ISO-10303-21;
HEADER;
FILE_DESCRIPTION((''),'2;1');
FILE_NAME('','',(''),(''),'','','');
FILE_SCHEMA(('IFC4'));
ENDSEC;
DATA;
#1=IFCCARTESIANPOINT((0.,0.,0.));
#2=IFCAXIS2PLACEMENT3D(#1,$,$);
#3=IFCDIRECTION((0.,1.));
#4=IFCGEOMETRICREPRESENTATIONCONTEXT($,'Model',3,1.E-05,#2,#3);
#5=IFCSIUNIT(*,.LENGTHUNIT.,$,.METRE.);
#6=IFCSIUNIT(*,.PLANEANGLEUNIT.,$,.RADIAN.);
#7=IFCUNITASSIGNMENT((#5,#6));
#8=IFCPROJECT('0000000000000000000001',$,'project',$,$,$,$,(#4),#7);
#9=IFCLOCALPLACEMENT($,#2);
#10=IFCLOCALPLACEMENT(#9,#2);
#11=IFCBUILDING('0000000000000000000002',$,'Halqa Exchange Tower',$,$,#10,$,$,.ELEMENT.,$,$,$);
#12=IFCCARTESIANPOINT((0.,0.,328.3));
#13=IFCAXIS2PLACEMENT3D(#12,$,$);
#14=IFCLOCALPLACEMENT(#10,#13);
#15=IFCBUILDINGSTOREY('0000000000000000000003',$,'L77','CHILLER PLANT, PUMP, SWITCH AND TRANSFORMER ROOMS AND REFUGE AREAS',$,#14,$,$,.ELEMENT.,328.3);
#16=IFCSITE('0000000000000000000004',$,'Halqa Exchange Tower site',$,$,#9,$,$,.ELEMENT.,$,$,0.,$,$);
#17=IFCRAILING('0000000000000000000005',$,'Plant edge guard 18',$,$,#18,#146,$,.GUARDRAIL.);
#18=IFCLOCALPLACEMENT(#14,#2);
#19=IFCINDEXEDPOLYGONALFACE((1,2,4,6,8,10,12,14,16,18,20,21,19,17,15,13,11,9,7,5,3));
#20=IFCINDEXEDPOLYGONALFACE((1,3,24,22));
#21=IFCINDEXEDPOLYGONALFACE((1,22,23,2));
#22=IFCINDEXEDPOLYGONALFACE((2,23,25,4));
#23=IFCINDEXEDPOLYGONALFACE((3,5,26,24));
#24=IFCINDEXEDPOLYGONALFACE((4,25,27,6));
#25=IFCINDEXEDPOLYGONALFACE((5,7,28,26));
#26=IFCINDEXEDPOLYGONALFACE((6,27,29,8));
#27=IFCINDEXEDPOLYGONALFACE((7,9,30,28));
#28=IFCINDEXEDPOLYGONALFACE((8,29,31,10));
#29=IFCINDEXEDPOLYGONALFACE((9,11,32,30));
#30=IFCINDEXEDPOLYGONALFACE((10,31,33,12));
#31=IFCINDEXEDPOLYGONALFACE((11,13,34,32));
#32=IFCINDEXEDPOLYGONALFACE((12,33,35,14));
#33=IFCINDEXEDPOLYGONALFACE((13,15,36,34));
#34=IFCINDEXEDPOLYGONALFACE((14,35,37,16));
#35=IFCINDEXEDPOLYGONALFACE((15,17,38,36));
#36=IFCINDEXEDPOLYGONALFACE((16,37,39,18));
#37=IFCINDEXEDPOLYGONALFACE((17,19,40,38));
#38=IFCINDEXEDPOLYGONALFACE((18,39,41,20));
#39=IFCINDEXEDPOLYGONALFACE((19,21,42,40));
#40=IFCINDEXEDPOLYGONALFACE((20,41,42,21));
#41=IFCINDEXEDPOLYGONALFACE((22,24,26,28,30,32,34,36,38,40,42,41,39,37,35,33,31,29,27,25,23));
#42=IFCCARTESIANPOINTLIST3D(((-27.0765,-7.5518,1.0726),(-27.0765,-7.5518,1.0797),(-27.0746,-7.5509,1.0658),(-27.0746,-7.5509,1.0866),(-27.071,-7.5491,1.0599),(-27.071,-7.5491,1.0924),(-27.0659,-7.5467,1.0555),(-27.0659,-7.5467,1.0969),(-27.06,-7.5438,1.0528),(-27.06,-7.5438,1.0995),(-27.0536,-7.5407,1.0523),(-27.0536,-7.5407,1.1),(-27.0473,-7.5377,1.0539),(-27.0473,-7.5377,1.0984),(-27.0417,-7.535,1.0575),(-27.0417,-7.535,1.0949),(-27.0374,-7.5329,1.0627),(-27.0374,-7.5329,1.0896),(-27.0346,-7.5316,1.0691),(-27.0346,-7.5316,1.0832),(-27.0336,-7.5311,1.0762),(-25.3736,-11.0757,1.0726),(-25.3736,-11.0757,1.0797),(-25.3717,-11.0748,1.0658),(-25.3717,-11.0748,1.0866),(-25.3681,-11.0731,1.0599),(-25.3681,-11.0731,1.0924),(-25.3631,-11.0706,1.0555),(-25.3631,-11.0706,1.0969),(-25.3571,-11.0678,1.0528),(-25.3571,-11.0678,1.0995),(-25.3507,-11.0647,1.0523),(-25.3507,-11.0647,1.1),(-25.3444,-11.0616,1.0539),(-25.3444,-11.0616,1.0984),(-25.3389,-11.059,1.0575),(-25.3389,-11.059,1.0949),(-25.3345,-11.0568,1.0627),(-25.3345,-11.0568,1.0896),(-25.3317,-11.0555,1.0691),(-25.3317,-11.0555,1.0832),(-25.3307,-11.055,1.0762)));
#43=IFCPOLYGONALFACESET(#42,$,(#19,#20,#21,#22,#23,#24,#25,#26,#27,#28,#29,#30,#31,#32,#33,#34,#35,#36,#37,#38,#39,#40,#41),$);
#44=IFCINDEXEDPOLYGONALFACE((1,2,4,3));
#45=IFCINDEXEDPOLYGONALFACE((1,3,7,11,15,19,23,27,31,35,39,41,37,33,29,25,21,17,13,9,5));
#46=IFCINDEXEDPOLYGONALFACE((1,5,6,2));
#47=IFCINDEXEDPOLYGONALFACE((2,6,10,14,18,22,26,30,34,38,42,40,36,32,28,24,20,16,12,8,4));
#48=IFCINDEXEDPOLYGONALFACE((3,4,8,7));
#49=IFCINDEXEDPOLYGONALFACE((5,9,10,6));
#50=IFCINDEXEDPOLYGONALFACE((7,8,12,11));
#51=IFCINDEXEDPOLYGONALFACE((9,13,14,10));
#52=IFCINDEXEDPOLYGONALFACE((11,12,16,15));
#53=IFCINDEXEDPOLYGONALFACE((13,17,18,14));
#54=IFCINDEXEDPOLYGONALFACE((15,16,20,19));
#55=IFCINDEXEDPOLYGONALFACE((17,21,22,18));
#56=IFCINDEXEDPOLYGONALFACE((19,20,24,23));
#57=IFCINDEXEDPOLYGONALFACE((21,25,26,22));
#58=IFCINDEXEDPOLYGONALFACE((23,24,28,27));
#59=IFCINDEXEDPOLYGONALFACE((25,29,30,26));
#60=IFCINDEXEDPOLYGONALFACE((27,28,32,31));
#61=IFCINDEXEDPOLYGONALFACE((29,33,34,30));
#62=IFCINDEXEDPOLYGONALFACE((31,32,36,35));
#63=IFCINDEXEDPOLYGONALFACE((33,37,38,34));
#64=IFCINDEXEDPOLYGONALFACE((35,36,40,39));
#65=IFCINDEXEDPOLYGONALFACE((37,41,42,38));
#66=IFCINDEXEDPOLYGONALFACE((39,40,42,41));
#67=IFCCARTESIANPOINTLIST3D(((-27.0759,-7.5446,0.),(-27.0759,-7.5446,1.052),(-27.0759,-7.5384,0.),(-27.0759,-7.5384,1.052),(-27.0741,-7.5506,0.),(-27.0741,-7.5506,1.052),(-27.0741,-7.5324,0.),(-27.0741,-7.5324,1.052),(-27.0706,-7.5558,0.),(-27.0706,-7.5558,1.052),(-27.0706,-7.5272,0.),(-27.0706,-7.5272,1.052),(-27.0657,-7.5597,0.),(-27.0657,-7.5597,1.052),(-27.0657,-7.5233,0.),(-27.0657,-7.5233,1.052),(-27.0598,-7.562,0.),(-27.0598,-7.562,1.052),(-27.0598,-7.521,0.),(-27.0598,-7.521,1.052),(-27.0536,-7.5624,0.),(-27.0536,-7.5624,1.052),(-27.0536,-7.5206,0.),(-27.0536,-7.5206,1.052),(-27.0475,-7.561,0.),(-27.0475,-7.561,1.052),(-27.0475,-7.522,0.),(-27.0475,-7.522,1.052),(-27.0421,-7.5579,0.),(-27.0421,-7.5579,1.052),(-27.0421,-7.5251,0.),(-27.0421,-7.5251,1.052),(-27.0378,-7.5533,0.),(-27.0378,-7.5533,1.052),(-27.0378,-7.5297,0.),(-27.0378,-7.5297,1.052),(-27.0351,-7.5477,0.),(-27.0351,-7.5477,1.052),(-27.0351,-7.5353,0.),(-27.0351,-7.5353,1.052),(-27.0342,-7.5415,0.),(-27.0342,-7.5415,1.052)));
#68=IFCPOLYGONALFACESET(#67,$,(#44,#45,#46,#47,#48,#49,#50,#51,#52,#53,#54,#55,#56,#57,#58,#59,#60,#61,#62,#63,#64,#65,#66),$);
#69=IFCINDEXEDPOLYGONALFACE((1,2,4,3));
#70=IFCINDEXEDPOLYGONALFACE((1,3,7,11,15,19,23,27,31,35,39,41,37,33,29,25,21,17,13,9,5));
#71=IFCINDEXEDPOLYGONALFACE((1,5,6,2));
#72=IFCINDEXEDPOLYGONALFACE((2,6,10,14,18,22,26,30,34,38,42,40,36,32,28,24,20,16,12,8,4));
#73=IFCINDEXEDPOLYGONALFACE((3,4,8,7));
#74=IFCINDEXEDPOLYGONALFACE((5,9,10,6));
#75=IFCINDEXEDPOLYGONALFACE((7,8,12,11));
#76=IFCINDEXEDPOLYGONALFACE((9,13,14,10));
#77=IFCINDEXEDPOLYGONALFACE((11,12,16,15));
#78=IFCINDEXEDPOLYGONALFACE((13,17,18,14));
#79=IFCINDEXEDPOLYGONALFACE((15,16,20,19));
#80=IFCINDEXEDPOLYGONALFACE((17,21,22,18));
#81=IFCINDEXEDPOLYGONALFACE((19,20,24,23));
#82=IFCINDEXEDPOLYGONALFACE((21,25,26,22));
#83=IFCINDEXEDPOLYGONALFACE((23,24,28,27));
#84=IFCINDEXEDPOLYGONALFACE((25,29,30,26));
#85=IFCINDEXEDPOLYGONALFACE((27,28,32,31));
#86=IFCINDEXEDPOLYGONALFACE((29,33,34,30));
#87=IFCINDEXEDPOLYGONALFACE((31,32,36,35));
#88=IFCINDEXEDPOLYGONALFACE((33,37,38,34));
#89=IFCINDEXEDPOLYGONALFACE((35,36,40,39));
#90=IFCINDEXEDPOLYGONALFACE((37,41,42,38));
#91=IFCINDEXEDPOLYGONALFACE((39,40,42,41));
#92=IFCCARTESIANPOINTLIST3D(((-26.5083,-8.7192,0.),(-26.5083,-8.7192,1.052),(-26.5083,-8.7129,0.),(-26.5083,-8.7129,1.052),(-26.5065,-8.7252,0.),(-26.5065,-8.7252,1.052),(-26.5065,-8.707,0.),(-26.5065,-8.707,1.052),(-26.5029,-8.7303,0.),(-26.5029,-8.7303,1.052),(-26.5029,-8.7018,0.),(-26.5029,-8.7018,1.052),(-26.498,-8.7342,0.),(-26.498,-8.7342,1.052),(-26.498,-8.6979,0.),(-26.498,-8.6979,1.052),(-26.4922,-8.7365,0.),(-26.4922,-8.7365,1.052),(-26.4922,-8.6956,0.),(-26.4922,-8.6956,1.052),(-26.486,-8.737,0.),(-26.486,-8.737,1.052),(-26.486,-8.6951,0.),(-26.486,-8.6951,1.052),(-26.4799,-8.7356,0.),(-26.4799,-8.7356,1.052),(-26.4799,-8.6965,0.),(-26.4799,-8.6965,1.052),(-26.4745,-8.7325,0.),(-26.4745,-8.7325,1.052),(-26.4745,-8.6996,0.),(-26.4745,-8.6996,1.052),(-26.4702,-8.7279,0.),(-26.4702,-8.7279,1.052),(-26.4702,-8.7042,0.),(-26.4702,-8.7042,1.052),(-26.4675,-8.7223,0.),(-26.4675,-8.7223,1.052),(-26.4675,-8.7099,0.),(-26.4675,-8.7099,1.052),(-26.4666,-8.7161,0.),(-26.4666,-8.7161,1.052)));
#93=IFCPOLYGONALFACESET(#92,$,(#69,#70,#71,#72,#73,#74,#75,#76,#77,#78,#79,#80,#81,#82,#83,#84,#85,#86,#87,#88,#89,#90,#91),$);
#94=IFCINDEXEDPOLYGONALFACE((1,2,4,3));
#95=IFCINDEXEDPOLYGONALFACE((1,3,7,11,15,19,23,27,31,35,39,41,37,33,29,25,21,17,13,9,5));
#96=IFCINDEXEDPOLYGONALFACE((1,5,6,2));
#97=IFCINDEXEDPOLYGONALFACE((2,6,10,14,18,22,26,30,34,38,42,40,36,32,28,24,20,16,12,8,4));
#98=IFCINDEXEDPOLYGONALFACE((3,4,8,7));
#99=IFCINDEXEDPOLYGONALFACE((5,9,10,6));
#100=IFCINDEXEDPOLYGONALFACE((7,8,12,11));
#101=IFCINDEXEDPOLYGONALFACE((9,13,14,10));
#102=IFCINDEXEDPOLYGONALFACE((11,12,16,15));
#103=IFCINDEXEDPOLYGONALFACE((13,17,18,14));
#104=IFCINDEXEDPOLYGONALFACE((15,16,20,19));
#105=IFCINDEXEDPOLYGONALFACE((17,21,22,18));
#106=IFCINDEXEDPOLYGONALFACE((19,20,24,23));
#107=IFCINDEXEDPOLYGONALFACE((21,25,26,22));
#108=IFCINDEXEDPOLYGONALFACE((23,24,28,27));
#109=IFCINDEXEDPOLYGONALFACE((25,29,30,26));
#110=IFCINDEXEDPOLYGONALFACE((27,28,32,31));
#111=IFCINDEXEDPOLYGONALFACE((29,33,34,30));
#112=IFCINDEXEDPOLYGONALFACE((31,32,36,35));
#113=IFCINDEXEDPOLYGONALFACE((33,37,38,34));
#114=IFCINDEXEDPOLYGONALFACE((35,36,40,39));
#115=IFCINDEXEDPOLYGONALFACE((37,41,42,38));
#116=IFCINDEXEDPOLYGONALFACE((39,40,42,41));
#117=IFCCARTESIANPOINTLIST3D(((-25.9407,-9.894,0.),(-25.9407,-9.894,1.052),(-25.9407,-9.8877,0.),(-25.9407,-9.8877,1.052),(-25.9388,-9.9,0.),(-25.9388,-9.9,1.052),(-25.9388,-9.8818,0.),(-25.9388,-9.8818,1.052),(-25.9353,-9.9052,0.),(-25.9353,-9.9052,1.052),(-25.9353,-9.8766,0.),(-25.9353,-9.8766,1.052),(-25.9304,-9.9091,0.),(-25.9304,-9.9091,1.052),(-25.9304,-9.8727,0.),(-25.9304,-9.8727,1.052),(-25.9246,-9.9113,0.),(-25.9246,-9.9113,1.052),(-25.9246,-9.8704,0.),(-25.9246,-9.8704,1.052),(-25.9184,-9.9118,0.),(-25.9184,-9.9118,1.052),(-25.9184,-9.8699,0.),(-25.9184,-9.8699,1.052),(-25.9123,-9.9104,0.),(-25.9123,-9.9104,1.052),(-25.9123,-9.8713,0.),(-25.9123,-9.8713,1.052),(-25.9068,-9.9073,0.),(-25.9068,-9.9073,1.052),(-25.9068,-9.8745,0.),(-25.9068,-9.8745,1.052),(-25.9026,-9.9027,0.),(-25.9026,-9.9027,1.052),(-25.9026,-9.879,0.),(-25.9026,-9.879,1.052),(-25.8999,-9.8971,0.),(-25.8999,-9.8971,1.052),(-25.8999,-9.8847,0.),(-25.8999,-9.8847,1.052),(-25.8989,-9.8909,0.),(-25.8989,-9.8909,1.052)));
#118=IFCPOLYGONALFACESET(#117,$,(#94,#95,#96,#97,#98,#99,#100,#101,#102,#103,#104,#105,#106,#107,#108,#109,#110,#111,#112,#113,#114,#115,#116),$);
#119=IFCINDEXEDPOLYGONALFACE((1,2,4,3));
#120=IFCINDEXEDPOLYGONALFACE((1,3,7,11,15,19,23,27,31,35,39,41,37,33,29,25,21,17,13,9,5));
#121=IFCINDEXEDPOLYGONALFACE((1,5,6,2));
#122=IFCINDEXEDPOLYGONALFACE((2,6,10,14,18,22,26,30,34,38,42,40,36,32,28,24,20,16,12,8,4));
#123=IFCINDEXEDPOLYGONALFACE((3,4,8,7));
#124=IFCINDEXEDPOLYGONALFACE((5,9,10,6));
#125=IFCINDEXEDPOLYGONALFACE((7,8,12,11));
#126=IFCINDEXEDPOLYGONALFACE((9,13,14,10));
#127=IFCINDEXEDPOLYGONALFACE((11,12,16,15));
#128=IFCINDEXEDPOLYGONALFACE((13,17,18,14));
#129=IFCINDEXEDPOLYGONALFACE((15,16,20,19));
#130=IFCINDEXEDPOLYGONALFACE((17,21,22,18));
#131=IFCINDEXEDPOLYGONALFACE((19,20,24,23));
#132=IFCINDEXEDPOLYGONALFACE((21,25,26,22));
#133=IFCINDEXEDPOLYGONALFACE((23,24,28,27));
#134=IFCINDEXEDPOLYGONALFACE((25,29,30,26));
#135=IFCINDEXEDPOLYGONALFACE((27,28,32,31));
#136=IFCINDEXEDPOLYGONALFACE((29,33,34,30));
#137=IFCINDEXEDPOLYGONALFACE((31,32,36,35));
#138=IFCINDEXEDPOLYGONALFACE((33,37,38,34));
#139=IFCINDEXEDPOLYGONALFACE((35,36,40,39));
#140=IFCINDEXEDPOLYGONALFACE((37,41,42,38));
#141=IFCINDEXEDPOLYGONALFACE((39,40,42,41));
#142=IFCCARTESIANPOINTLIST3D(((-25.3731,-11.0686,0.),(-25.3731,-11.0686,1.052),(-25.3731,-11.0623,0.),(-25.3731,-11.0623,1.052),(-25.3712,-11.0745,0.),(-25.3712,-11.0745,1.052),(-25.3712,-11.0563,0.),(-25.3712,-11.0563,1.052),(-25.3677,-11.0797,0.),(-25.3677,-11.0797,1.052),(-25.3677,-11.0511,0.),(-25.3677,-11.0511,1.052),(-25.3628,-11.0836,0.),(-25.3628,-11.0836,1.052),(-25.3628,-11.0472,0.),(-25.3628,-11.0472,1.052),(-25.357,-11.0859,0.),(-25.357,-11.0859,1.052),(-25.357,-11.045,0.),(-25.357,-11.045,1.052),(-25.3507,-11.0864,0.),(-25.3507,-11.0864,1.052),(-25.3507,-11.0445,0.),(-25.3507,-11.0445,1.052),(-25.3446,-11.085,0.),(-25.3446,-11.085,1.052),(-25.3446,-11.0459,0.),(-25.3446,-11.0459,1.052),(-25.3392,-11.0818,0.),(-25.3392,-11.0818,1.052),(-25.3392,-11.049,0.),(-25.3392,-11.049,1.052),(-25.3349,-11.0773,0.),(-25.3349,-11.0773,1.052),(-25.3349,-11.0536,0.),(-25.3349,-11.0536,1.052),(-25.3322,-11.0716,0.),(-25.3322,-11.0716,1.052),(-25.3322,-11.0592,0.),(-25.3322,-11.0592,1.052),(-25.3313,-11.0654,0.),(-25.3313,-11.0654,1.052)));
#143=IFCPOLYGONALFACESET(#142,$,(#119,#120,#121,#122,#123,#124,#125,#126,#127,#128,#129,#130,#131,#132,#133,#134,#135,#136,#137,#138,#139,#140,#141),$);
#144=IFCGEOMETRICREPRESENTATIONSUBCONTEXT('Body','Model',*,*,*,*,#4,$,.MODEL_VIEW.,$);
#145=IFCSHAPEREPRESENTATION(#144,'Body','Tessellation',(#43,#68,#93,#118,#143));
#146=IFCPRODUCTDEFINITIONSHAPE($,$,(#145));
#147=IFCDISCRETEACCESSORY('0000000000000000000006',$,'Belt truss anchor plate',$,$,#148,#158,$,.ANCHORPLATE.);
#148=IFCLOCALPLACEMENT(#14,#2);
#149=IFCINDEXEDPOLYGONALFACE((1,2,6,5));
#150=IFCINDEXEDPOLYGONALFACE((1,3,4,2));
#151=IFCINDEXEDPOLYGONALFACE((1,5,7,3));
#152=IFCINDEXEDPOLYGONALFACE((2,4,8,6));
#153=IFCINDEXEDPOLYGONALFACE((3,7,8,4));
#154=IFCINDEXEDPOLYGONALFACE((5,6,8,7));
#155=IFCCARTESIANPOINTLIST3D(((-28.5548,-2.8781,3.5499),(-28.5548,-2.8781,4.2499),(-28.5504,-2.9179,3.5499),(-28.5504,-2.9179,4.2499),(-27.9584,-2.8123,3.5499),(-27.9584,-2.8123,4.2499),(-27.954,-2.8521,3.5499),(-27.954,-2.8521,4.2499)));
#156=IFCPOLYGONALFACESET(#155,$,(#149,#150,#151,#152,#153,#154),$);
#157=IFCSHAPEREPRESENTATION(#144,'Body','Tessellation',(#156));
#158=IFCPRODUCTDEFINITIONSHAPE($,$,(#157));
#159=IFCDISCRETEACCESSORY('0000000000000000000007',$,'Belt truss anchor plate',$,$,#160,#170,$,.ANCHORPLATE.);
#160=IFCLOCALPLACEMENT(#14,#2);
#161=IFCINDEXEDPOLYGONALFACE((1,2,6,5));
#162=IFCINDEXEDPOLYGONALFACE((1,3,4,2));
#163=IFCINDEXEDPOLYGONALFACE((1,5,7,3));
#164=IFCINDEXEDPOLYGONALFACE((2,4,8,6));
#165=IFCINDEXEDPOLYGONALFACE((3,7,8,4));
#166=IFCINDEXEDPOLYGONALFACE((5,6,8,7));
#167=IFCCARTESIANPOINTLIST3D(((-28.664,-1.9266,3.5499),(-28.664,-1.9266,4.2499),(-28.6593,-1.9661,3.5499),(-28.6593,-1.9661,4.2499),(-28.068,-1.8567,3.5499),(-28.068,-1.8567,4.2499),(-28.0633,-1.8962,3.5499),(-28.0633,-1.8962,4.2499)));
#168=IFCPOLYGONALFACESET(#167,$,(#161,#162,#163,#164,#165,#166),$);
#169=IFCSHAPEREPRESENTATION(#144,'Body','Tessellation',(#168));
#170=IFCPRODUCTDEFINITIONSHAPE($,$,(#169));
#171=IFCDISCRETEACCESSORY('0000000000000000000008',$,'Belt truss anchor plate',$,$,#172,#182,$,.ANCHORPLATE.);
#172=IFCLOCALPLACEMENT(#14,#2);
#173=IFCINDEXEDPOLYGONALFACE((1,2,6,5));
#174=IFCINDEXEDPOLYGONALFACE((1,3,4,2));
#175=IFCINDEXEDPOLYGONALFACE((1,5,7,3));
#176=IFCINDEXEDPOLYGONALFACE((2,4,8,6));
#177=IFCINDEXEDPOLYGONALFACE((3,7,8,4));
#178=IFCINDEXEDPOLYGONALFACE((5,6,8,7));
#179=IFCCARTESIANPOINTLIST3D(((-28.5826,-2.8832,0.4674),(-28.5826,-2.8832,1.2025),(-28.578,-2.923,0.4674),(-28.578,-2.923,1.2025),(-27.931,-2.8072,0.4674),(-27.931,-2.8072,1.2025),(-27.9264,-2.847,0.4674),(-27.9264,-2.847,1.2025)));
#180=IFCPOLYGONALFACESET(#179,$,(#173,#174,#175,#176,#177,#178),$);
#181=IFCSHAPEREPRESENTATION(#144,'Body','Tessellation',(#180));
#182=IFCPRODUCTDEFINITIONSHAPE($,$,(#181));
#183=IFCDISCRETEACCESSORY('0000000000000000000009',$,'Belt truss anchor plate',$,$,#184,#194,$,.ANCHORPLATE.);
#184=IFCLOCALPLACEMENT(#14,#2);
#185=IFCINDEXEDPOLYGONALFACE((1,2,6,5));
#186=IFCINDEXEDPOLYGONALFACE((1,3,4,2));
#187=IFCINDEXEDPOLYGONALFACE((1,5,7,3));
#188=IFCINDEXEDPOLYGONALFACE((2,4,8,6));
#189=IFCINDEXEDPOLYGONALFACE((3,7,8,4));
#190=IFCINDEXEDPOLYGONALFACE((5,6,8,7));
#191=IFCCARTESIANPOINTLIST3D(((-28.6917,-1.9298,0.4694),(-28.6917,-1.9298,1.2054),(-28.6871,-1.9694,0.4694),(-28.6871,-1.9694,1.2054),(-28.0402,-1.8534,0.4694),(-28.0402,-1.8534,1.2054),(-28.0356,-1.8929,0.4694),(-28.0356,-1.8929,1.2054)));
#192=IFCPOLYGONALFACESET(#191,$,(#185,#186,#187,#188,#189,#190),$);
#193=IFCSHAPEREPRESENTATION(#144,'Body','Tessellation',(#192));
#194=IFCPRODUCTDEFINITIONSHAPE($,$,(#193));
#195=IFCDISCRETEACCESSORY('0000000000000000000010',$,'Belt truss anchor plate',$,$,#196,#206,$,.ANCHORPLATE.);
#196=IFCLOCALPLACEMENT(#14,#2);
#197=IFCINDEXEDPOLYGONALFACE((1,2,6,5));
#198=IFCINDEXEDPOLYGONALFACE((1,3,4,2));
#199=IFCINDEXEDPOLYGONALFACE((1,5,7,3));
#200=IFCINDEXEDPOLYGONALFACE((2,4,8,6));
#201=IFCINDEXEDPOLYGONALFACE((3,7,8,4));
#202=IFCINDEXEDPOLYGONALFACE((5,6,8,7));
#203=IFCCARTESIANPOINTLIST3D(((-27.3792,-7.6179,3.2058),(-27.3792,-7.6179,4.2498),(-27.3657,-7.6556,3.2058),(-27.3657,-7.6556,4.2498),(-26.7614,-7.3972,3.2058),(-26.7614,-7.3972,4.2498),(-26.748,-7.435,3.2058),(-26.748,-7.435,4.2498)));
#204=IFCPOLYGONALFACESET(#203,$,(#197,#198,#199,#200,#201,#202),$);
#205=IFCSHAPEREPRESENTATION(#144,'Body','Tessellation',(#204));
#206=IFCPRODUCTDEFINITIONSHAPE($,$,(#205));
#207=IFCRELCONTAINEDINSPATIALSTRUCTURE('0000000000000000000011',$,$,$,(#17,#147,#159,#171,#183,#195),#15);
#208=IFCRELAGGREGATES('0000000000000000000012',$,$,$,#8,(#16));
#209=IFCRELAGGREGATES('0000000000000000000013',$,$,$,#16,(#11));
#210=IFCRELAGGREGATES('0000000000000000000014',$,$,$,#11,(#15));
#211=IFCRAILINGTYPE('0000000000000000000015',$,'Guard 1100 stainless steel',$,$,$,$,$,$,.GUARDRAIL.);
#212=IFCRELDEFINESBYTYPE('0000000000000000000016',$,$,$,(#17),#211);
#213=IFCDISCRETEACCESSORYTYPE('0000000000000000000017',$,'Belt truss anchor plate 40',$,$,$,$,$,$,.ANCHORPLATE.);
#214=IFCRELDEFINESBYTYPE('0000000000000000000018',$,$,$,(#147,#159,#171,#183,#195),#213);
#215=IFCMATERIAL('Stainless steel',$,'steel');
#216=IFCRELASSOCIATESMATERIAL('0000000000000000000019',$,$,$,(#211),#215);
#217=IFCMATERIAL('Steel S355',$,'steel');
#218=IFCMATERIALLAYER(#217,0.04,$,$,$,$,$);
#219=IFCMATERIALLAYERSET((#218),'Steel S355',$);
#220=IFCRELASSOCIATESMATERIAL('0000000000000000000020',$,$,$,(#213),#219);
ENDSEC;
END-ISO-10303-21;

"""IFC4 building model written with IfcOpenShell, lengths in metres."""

from ifc_helpers import new_model, si_unit, direction, frame, origin, origin_2d, place, context, subcontext, project, spatial, rectangle, circle, extrude, material, layer, layer_set, type_object, element, save


model = new_model("IFC4")

# Units and contexts
model_context = context("Model", 3, precision=1e-05, world=origin(), true_north=direction((0.0, 1.0)))
body_context = subcontext(model_context, "Body", "Model", "MODEL_VIEW")
ifc_project = project(units=[si_unit("LENGTHUNIT", "METRE"), si_unit("PLANEANGLEUNIT", "RADIAN")], contexts=[model_context])

# Site, building, storey
site_placement = place(None, origin())
site = spatial("IfcSite", under=ifc_project, at=site_placement, Name="Halqa Exchange Tower site", CompositionType="ELEMENT", RefElevation=0.0)
building_placement = place(site_placement, origin())
building = spatial("IfcBuilding", under=site, at=building_placement, Name="Halqa Exchange Tower", CompositionType="ELEMENT")
storey_placement = place(building_placement, frame((0.0, 0.0, 328.3)))
storey = spatial("IfcBuildingStorey", under=building, at=storey_placement, Name="L77", Description="CHILLER PLANT, PUMP, SWITCH AND TRANSFORMER ROOMS AND REFUGE AREAS", CompositionType="ELEMENT", Elevation=328.3)

# Shared definitions
ifc_material_1 = material(Name="Steel S355", Category="steel")

# Railing
ifc_material_2 = material(Name="Stainless steel", Category="steel")
railing_type = type_object("IfcRailingType", Name="Guard 1100 stainless steel", PredefinedType="GUARDRAIL", material=ifc_material_2)
railing_1_placement = place(storey_placement, frame((-27.0552, -7.5415, 0.0)))
element("IfcRailing", 1, at=railing_1_placement, inside=storey, type_object=railing_type, Name="Plant edge guard 18", PredefinedType="GUARDRAIL", context=body_context, shape_type="SweptSolid", body=[
    extrude(circle(Radius=0.0239, at=origin_2d()), frame((0.0, 0.0, 1.0762), z_axis=(0.435096, -0.900384, 0.0), x_axis=(0.900384, 0.435096, 0.0)), (0.0, 0.0, 1.0), 3.9138),
    extrude(circle(Radius=0.021, at=origin_2d()), origin(), (0.0, 0.0, 1.0), 1.052),
    extrude(circle(Radius=0.021, at=origin_2d()), frame((0.5676, -1.1746, 0.0)), (0.0, 0.0, 1.0), 1.052),
    extrude(circle(Radius=0.021, at=origin_2d()), frame((1.1353, -2.3494, 0.0)), (0.0, 0.0, 1.0), 1.052),
    extrude(circle(Radius=0.021, at=origin_2d()), frame((1.7029, -3.5239, 0.0)), (0.0, 0.0, 1.0), 1.052),
])

# Discrete accessories
ifc_layer_1 = layer(ifc_material_1, 0.04)
ifc_layer_set_1 = layer_set([ifc_layer_1], Name="Steel S355")
discrete_accessory_type = type_object("IfcDiscreteAccessoryType", Name="Belt truss anchor plate 40", PredefinedType="ANCHORPLATE", material=ifc_layer_set_1)
discrete_accessory_1_placement = place(storey_placement, frame((-28.2566, -2.8452, 3.8999), z_axis=(0.109762, -0.993958, 0.0), x_axis=(0.993958, 0.109762, 0.0)))
element("IfcDiscreteAccessory", 2, at=discrete_accessory_1_placement, inside=storey, type_object=discrete_accessory_type, Name="Belt truss anchor plate", PredefinedType="ANCHORPLATE", context=body_context, shape_type="SweptSolid", body=[
    extrude(rectangle(XDim=0.6001, YDim=0.7, at=origin_2d()), origin(), (0.0, 0.0, 1.0), 0.04),
])
discrete_accessory_2_placement = place(storey_placement, frame((-28.3613, -1.9312, 3.8999), z_axis=(-0.116486, 0.993192, 0.0), x_axis=(-0.993192, -0.116486, 0.0)))
element("IfcDiscreteAccessory", 3, at=discrete_accessory_2_placement, inside=storey, type_object=discrete_accessory_type, Name="Belt truss anchor plate", PredefinedType="ANCHORPLATE", context=body_context, shape_type="SweptSolid", body=[
    extrude(rectangle(XDim=0.6001, YDim=0.7, at=origin_2d()), origin(), (0.0, 0.0, 1.0), 0.0398),
])
discrete_accessory_3_placement = place(storey_placement, frame((-28.2568, -2.8452, 0.835), z_axis=(0.115781, -0.993275, 0.0), x_axis=(0.993275, 0.115781, 0.0)))
element("IfcDiscreteAccessory", 4, at=discrete_accessory_3_placement, inside=storey, type_object=discrete_accessory_type, Name="Belt truss anchor plate", PredefinedType="ANCHORPLATE", context=body_context, shape_type="SweptSolid", body=[
    extrude(rectangle(XDim=0.656, YDim=0.7351, at=origin_2d()), origin(), (0.0, 0.0, 1.0), 0.04),
])
discrete_accessory_4_placement = place(storey_placement, frame((-28.3613, -1.9312, 0.8374), z_axis=(-0.116486, 0.993192, 0.0), x_axis=(-0.993192, -0.116486, 0.0)))
element("IfcDiscreteAccessory", 5, at=discrete_accessory_4_placement, inside=storey, type_object=discrete_accessory_type, Name="Belt truss anchor plate", PredefinedType="ANCHORPLATE", context=body_context, shape_type="SweptSolid", body=[
    extrude(rectangle(XDim=0.656, YDim=0.7361, at=origin_2d()), origin(), (0.0, 0.0, 1.0), 0.0398),
])
discrete_accessory_5_placement = place(storey_placement, frame((-27.0703, -7.5076, 3.7278), z_axis=(0.336336, -0.941742, 0.0), x_axis=(0.941742, 0.336336, 0.0)))
element("IfcDiscreteAccessory", 6, at=discrete_accessory_5_placement, inside=storey, type_object=discrete_accessory_type, Name="Belt truss anchor plate", PredefinedType="ANCHORPLATE", context=body_context, shape_type="SweptSolid", body=[
    extrude(rectangle(XDim=0.656, YDim=1.0439, at=origin_2d()), origin(), (0.0, 0.0, 1.0), 0.04),
])

save(model, "model.ifc")
